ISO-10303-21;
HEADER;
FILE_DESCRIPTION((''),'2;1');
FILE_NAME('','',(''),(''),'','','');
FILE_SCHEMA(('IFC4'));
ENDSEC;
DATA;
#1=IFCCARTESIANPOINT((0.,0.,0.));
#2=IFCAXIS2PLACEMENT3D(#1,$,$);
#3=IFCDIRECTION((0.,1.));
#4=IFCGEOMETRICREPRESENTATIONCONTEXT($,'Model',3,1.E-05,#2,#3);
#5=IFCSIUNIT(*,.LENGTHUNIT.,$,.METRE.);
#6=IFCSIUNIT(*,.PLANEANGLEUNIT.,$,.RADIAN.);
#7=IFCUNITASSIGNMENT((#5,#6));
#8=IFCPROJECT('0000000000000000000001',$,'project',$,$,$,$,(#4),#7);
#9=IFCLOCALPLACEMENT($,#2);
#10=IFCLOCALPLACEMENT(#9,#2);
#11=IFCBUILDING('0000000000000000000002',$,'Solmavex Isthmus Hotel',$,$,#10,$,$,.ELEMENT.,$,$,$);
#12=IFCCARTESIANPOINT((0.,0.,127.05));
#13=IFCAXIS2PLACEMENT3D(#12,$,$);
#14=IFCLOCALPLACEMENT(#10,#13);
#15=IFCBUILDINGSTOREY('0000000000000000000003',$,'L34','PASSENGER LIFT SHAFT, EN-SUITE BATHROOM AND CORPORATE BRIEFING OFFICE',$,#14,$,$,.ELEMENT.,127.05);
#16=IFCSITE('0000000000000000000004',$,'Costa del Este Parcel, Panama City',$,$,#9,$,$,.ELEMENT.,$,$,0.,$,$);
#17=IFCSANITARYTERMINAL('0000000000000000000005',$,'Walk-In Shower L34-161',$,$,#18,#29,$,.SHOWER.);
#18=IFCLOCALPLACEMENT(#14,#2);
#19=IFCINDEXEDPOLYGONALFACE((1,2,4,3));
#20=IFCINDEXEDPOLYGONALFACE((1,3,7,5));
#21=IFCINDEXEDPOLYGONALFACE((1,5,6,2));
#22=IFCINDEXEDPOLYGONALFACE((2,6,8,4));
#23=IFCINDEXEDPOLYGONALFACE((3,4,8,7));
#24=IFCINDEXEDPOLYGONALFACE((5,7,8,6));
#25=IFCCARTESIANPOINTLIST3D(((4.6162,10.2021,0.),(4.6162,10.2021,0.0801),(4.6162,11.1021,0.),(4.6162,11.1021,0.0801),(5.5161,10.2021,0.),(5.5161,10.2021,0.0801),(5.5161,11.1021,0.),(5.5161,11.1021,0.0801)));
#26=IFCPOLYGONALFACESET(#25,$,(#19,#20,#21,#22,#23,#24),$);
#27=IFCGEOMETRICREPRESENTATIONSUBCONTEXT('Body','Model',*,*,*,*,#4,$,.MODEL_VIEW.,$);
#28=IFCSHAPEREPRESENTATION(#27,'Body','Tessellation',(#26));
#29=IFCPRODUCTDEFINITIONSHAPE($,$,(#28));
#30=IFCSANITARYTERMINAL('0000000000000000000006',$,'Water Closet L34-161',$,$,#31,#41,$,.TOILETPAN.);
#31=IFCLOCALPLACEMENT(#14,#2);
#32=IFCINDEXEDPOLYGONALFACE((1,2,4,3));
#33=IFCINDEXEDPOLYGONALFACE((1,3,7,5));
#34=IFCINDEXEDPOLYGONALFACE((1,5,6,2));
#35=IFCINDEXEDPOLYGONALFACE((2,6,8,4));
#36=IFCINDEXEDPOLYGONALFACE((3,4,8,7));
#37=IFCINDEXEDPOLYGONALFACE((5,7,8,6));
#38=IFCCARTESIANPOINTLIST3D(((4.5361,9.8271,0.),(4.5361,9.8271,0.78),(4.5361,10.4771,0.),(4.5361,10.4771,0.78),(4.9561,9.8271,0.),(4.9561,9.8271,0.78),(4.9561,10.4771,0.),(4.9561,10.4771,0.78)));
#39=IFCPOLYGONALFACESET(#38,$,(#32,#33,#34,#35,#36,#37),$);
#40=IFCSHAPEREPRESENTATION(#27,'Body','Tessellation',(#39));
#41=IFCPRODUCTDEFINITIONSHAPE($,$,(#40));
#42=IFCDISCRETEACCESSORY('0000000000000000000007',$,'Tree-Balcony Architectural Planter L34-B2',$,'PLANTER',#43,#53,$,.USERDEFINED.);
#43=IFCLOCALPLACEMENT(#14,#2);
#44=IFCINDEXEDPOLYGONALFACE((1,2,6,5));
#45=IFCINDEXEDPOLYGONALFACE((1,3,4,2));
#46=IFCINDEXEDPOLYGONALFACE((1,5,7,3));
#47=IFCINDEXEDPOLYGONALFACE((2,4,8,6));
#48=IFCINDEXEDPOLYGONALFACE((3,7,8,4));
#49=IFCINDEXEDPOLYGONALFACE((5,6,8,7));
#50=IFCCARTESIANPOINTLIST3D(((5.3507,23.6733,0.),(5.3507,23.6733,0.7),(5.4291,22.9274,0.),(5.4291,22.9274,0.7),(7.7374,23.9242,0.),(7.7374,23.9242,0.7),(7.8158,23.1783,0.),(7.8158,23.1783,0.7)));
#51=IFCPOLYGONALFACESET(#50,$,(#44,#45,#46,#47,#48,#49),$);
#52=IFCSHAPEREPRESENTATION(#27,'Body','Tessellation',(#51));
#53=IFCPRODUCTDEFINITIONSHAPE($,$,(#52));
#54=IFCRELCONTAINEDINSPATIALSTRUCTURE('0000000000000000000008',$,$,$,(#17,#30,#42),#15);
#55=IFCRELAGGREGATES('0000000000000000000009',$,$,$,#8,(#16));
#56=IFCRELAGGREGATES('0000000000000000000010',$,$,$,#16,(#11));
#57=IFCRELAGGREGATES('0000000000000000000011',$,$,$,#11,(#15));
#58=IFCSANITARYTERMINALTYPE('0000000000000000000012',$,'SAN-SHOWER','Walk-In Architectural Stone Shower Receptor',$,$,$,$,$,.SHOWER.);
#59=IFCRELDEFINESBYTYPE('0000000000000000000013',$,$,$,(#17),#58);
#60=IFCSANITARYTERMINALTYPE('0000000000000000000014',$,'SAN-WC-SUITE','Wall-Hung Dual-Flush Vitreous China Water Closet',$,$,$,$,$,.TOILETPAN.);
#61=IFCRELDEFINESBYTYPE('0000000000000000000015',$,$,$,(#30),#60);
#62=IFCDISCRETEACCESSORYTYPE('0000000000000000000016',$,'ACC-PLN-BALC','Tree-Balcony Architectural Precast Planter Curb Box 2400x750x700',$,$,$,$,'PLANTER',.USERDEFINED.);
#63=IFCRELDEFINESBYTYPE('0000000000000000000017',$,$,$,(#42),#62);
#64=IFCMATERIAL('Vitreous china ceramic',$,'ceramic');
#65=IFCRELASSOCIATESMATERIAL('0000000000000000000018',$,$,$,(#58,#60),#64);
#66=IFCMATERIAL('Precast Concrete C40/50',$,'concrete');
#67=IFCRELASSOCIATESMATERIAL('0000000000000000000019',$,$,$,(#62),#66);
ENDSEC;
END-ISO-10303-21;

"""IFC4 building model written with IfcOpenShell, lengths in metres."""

from ifc_helpers import new_model, si_unit, direction, frame, origin, origin_2d, place, context, subcontext, project, spatial, rectangle, extrude, material, type_object, element, save


model = new_model("IFC4")

# Units and contexts
model_context = context("Model", 3, precision=1e-05, world=origin(), true_north=direction((0.0, 1.0)))
body_context = subcontext(model_context, "Body", "Model", "MODEL_VIEW")
ifc_project = project(units=[si_unit("LENGTHUNIT", "METRE"), si_unit("PLANEANGLEUNIT", "RADIAN")], contexts=[model_context])

# Site, building, storey
site_placement = place(None, origin())
site = spatial("IfcSite", under=ifc_project, at=site_placement, Name="Costa del Este Parcel, Panama City", CompositionType="ELEMENT", RefElevation=0.0)
building_placement = place(site_placement, origin())
building = spatial("IfcBuilding", under=site, at=building_placement, Name="Solmavex Isthmus Hotel", CompositionType="ELEMENT")
storey_placement = place(building_placement, frame((0.0, 0.0, 127.05)))
storey = spatial("IfcBuildingStorey", under=building, at=storey_placement, Name="L34", Description="PASSENGER LIFT SHAFT, EN-SUITE BATHROOM AND CORPORATE BRIEFING OFFICE", CompositionType="ELEMENT", Elevation=127.05)

# Shared definitions
ifc_material_1 = material(Name="Precast Concrete C40/50", Category="concrete")

# Sanitary terminals
ifc_material_2 = material(Name="Vitreous china ceramic", Category="ceramic")
sanitary_terminal_type_1 = type_object("IfcSanitaryTerminalType", Name="SAN-SHOWER", Description="Walk-In Architectural Stone Shower Receptor", PredefinedType="SHOWER", material=ifc_material_2)
sanitary_terminal_1_placement = place(storey_placement, frame((5.0662, 10.6521, 0.0), z_axis=(0.0, 0.0, 1.0), x_axis=(1.0, 0.0, 0.0)))
element("IfcSanitaryTerminal", 1, at=sanitary_terminal_1_placement, inside=storey, type_object=sanitary_terminal_type_1, Name="Walk-In Shower L34-161", PredefinedType="SHOWER", context=body_context, shape_type="SweptSolid", body=[
    extrude(rectangle(XDim=0.8999, YDim=0.8999, at=origin_2d()), origin(), (0.0, 0.0, 1.0), 0.0801),
])
sanitary_terminal_type_2 = type_object("IfcSanitaryTerminalType", Name="SAN-WC-SUITE", Description="Wall-Hung Dual-Flush Vitreous China Water Closet", PredefinedType="TOILETPAN", material=ifc_material_2)
sanitary_terminal_2_placement = place(storey_placement, frame((4.7461, 10.1521, 0.0), z_axis=(0.0, 0.0, 1.0), x_axis=(1.0, 0.0, 0.0)))
element("IfcSanitaryTerminal", 2, at=sanitary_terminal_2_placement, inside=storey, type_object=sanitary_terminal_type_2, Name="Water Closet L34-161", PredefinedType="TOILETPAN", context=body_context, shape_type="SweptSolid", body=[
    extrude(rectangle(XDim=0.4199, YDim=0.6499, at=origin_2d()), origin(), (0.0, 0.0, 1.0), 0.78),
])

# Discrete accessory
discrete_accessory_type = type_object("IfcDiscreteAccessoryType", Name="ACC-PLN-BALC", Description="Tree-Balcony Architectural Precast Planter Curb Box 2400x750x700", ElementType="PLANTER", PredefinedType="USERDEFINED", material=ifc_material_1)
discrete_accessory_placement = place(storey_placement, frame((6.5833, 23.4258, 0.0), z_axis=(0.0, 0.0, 1.0), x_axis=(0.994522, 0.104528, 0.0)))
element("IfcDiscreteAccessory", 3, at=discrete_accessory_placement, inside=storey, type_object=discrete_accessory_type, Name="Tree-Balcony Architectural Planter L34-B2", ObjectType="PLANTER", PredefinedType="USERDEFINED", context=body_context, shape_type="SweptSolid", body=[
    extrude(rectangle(XDim=2.3999, YDim=0.75, at=origin_2d()), origin(), (0.0, 0.0, 1.0), 0.7),
])

save(model, "model.ifc")
